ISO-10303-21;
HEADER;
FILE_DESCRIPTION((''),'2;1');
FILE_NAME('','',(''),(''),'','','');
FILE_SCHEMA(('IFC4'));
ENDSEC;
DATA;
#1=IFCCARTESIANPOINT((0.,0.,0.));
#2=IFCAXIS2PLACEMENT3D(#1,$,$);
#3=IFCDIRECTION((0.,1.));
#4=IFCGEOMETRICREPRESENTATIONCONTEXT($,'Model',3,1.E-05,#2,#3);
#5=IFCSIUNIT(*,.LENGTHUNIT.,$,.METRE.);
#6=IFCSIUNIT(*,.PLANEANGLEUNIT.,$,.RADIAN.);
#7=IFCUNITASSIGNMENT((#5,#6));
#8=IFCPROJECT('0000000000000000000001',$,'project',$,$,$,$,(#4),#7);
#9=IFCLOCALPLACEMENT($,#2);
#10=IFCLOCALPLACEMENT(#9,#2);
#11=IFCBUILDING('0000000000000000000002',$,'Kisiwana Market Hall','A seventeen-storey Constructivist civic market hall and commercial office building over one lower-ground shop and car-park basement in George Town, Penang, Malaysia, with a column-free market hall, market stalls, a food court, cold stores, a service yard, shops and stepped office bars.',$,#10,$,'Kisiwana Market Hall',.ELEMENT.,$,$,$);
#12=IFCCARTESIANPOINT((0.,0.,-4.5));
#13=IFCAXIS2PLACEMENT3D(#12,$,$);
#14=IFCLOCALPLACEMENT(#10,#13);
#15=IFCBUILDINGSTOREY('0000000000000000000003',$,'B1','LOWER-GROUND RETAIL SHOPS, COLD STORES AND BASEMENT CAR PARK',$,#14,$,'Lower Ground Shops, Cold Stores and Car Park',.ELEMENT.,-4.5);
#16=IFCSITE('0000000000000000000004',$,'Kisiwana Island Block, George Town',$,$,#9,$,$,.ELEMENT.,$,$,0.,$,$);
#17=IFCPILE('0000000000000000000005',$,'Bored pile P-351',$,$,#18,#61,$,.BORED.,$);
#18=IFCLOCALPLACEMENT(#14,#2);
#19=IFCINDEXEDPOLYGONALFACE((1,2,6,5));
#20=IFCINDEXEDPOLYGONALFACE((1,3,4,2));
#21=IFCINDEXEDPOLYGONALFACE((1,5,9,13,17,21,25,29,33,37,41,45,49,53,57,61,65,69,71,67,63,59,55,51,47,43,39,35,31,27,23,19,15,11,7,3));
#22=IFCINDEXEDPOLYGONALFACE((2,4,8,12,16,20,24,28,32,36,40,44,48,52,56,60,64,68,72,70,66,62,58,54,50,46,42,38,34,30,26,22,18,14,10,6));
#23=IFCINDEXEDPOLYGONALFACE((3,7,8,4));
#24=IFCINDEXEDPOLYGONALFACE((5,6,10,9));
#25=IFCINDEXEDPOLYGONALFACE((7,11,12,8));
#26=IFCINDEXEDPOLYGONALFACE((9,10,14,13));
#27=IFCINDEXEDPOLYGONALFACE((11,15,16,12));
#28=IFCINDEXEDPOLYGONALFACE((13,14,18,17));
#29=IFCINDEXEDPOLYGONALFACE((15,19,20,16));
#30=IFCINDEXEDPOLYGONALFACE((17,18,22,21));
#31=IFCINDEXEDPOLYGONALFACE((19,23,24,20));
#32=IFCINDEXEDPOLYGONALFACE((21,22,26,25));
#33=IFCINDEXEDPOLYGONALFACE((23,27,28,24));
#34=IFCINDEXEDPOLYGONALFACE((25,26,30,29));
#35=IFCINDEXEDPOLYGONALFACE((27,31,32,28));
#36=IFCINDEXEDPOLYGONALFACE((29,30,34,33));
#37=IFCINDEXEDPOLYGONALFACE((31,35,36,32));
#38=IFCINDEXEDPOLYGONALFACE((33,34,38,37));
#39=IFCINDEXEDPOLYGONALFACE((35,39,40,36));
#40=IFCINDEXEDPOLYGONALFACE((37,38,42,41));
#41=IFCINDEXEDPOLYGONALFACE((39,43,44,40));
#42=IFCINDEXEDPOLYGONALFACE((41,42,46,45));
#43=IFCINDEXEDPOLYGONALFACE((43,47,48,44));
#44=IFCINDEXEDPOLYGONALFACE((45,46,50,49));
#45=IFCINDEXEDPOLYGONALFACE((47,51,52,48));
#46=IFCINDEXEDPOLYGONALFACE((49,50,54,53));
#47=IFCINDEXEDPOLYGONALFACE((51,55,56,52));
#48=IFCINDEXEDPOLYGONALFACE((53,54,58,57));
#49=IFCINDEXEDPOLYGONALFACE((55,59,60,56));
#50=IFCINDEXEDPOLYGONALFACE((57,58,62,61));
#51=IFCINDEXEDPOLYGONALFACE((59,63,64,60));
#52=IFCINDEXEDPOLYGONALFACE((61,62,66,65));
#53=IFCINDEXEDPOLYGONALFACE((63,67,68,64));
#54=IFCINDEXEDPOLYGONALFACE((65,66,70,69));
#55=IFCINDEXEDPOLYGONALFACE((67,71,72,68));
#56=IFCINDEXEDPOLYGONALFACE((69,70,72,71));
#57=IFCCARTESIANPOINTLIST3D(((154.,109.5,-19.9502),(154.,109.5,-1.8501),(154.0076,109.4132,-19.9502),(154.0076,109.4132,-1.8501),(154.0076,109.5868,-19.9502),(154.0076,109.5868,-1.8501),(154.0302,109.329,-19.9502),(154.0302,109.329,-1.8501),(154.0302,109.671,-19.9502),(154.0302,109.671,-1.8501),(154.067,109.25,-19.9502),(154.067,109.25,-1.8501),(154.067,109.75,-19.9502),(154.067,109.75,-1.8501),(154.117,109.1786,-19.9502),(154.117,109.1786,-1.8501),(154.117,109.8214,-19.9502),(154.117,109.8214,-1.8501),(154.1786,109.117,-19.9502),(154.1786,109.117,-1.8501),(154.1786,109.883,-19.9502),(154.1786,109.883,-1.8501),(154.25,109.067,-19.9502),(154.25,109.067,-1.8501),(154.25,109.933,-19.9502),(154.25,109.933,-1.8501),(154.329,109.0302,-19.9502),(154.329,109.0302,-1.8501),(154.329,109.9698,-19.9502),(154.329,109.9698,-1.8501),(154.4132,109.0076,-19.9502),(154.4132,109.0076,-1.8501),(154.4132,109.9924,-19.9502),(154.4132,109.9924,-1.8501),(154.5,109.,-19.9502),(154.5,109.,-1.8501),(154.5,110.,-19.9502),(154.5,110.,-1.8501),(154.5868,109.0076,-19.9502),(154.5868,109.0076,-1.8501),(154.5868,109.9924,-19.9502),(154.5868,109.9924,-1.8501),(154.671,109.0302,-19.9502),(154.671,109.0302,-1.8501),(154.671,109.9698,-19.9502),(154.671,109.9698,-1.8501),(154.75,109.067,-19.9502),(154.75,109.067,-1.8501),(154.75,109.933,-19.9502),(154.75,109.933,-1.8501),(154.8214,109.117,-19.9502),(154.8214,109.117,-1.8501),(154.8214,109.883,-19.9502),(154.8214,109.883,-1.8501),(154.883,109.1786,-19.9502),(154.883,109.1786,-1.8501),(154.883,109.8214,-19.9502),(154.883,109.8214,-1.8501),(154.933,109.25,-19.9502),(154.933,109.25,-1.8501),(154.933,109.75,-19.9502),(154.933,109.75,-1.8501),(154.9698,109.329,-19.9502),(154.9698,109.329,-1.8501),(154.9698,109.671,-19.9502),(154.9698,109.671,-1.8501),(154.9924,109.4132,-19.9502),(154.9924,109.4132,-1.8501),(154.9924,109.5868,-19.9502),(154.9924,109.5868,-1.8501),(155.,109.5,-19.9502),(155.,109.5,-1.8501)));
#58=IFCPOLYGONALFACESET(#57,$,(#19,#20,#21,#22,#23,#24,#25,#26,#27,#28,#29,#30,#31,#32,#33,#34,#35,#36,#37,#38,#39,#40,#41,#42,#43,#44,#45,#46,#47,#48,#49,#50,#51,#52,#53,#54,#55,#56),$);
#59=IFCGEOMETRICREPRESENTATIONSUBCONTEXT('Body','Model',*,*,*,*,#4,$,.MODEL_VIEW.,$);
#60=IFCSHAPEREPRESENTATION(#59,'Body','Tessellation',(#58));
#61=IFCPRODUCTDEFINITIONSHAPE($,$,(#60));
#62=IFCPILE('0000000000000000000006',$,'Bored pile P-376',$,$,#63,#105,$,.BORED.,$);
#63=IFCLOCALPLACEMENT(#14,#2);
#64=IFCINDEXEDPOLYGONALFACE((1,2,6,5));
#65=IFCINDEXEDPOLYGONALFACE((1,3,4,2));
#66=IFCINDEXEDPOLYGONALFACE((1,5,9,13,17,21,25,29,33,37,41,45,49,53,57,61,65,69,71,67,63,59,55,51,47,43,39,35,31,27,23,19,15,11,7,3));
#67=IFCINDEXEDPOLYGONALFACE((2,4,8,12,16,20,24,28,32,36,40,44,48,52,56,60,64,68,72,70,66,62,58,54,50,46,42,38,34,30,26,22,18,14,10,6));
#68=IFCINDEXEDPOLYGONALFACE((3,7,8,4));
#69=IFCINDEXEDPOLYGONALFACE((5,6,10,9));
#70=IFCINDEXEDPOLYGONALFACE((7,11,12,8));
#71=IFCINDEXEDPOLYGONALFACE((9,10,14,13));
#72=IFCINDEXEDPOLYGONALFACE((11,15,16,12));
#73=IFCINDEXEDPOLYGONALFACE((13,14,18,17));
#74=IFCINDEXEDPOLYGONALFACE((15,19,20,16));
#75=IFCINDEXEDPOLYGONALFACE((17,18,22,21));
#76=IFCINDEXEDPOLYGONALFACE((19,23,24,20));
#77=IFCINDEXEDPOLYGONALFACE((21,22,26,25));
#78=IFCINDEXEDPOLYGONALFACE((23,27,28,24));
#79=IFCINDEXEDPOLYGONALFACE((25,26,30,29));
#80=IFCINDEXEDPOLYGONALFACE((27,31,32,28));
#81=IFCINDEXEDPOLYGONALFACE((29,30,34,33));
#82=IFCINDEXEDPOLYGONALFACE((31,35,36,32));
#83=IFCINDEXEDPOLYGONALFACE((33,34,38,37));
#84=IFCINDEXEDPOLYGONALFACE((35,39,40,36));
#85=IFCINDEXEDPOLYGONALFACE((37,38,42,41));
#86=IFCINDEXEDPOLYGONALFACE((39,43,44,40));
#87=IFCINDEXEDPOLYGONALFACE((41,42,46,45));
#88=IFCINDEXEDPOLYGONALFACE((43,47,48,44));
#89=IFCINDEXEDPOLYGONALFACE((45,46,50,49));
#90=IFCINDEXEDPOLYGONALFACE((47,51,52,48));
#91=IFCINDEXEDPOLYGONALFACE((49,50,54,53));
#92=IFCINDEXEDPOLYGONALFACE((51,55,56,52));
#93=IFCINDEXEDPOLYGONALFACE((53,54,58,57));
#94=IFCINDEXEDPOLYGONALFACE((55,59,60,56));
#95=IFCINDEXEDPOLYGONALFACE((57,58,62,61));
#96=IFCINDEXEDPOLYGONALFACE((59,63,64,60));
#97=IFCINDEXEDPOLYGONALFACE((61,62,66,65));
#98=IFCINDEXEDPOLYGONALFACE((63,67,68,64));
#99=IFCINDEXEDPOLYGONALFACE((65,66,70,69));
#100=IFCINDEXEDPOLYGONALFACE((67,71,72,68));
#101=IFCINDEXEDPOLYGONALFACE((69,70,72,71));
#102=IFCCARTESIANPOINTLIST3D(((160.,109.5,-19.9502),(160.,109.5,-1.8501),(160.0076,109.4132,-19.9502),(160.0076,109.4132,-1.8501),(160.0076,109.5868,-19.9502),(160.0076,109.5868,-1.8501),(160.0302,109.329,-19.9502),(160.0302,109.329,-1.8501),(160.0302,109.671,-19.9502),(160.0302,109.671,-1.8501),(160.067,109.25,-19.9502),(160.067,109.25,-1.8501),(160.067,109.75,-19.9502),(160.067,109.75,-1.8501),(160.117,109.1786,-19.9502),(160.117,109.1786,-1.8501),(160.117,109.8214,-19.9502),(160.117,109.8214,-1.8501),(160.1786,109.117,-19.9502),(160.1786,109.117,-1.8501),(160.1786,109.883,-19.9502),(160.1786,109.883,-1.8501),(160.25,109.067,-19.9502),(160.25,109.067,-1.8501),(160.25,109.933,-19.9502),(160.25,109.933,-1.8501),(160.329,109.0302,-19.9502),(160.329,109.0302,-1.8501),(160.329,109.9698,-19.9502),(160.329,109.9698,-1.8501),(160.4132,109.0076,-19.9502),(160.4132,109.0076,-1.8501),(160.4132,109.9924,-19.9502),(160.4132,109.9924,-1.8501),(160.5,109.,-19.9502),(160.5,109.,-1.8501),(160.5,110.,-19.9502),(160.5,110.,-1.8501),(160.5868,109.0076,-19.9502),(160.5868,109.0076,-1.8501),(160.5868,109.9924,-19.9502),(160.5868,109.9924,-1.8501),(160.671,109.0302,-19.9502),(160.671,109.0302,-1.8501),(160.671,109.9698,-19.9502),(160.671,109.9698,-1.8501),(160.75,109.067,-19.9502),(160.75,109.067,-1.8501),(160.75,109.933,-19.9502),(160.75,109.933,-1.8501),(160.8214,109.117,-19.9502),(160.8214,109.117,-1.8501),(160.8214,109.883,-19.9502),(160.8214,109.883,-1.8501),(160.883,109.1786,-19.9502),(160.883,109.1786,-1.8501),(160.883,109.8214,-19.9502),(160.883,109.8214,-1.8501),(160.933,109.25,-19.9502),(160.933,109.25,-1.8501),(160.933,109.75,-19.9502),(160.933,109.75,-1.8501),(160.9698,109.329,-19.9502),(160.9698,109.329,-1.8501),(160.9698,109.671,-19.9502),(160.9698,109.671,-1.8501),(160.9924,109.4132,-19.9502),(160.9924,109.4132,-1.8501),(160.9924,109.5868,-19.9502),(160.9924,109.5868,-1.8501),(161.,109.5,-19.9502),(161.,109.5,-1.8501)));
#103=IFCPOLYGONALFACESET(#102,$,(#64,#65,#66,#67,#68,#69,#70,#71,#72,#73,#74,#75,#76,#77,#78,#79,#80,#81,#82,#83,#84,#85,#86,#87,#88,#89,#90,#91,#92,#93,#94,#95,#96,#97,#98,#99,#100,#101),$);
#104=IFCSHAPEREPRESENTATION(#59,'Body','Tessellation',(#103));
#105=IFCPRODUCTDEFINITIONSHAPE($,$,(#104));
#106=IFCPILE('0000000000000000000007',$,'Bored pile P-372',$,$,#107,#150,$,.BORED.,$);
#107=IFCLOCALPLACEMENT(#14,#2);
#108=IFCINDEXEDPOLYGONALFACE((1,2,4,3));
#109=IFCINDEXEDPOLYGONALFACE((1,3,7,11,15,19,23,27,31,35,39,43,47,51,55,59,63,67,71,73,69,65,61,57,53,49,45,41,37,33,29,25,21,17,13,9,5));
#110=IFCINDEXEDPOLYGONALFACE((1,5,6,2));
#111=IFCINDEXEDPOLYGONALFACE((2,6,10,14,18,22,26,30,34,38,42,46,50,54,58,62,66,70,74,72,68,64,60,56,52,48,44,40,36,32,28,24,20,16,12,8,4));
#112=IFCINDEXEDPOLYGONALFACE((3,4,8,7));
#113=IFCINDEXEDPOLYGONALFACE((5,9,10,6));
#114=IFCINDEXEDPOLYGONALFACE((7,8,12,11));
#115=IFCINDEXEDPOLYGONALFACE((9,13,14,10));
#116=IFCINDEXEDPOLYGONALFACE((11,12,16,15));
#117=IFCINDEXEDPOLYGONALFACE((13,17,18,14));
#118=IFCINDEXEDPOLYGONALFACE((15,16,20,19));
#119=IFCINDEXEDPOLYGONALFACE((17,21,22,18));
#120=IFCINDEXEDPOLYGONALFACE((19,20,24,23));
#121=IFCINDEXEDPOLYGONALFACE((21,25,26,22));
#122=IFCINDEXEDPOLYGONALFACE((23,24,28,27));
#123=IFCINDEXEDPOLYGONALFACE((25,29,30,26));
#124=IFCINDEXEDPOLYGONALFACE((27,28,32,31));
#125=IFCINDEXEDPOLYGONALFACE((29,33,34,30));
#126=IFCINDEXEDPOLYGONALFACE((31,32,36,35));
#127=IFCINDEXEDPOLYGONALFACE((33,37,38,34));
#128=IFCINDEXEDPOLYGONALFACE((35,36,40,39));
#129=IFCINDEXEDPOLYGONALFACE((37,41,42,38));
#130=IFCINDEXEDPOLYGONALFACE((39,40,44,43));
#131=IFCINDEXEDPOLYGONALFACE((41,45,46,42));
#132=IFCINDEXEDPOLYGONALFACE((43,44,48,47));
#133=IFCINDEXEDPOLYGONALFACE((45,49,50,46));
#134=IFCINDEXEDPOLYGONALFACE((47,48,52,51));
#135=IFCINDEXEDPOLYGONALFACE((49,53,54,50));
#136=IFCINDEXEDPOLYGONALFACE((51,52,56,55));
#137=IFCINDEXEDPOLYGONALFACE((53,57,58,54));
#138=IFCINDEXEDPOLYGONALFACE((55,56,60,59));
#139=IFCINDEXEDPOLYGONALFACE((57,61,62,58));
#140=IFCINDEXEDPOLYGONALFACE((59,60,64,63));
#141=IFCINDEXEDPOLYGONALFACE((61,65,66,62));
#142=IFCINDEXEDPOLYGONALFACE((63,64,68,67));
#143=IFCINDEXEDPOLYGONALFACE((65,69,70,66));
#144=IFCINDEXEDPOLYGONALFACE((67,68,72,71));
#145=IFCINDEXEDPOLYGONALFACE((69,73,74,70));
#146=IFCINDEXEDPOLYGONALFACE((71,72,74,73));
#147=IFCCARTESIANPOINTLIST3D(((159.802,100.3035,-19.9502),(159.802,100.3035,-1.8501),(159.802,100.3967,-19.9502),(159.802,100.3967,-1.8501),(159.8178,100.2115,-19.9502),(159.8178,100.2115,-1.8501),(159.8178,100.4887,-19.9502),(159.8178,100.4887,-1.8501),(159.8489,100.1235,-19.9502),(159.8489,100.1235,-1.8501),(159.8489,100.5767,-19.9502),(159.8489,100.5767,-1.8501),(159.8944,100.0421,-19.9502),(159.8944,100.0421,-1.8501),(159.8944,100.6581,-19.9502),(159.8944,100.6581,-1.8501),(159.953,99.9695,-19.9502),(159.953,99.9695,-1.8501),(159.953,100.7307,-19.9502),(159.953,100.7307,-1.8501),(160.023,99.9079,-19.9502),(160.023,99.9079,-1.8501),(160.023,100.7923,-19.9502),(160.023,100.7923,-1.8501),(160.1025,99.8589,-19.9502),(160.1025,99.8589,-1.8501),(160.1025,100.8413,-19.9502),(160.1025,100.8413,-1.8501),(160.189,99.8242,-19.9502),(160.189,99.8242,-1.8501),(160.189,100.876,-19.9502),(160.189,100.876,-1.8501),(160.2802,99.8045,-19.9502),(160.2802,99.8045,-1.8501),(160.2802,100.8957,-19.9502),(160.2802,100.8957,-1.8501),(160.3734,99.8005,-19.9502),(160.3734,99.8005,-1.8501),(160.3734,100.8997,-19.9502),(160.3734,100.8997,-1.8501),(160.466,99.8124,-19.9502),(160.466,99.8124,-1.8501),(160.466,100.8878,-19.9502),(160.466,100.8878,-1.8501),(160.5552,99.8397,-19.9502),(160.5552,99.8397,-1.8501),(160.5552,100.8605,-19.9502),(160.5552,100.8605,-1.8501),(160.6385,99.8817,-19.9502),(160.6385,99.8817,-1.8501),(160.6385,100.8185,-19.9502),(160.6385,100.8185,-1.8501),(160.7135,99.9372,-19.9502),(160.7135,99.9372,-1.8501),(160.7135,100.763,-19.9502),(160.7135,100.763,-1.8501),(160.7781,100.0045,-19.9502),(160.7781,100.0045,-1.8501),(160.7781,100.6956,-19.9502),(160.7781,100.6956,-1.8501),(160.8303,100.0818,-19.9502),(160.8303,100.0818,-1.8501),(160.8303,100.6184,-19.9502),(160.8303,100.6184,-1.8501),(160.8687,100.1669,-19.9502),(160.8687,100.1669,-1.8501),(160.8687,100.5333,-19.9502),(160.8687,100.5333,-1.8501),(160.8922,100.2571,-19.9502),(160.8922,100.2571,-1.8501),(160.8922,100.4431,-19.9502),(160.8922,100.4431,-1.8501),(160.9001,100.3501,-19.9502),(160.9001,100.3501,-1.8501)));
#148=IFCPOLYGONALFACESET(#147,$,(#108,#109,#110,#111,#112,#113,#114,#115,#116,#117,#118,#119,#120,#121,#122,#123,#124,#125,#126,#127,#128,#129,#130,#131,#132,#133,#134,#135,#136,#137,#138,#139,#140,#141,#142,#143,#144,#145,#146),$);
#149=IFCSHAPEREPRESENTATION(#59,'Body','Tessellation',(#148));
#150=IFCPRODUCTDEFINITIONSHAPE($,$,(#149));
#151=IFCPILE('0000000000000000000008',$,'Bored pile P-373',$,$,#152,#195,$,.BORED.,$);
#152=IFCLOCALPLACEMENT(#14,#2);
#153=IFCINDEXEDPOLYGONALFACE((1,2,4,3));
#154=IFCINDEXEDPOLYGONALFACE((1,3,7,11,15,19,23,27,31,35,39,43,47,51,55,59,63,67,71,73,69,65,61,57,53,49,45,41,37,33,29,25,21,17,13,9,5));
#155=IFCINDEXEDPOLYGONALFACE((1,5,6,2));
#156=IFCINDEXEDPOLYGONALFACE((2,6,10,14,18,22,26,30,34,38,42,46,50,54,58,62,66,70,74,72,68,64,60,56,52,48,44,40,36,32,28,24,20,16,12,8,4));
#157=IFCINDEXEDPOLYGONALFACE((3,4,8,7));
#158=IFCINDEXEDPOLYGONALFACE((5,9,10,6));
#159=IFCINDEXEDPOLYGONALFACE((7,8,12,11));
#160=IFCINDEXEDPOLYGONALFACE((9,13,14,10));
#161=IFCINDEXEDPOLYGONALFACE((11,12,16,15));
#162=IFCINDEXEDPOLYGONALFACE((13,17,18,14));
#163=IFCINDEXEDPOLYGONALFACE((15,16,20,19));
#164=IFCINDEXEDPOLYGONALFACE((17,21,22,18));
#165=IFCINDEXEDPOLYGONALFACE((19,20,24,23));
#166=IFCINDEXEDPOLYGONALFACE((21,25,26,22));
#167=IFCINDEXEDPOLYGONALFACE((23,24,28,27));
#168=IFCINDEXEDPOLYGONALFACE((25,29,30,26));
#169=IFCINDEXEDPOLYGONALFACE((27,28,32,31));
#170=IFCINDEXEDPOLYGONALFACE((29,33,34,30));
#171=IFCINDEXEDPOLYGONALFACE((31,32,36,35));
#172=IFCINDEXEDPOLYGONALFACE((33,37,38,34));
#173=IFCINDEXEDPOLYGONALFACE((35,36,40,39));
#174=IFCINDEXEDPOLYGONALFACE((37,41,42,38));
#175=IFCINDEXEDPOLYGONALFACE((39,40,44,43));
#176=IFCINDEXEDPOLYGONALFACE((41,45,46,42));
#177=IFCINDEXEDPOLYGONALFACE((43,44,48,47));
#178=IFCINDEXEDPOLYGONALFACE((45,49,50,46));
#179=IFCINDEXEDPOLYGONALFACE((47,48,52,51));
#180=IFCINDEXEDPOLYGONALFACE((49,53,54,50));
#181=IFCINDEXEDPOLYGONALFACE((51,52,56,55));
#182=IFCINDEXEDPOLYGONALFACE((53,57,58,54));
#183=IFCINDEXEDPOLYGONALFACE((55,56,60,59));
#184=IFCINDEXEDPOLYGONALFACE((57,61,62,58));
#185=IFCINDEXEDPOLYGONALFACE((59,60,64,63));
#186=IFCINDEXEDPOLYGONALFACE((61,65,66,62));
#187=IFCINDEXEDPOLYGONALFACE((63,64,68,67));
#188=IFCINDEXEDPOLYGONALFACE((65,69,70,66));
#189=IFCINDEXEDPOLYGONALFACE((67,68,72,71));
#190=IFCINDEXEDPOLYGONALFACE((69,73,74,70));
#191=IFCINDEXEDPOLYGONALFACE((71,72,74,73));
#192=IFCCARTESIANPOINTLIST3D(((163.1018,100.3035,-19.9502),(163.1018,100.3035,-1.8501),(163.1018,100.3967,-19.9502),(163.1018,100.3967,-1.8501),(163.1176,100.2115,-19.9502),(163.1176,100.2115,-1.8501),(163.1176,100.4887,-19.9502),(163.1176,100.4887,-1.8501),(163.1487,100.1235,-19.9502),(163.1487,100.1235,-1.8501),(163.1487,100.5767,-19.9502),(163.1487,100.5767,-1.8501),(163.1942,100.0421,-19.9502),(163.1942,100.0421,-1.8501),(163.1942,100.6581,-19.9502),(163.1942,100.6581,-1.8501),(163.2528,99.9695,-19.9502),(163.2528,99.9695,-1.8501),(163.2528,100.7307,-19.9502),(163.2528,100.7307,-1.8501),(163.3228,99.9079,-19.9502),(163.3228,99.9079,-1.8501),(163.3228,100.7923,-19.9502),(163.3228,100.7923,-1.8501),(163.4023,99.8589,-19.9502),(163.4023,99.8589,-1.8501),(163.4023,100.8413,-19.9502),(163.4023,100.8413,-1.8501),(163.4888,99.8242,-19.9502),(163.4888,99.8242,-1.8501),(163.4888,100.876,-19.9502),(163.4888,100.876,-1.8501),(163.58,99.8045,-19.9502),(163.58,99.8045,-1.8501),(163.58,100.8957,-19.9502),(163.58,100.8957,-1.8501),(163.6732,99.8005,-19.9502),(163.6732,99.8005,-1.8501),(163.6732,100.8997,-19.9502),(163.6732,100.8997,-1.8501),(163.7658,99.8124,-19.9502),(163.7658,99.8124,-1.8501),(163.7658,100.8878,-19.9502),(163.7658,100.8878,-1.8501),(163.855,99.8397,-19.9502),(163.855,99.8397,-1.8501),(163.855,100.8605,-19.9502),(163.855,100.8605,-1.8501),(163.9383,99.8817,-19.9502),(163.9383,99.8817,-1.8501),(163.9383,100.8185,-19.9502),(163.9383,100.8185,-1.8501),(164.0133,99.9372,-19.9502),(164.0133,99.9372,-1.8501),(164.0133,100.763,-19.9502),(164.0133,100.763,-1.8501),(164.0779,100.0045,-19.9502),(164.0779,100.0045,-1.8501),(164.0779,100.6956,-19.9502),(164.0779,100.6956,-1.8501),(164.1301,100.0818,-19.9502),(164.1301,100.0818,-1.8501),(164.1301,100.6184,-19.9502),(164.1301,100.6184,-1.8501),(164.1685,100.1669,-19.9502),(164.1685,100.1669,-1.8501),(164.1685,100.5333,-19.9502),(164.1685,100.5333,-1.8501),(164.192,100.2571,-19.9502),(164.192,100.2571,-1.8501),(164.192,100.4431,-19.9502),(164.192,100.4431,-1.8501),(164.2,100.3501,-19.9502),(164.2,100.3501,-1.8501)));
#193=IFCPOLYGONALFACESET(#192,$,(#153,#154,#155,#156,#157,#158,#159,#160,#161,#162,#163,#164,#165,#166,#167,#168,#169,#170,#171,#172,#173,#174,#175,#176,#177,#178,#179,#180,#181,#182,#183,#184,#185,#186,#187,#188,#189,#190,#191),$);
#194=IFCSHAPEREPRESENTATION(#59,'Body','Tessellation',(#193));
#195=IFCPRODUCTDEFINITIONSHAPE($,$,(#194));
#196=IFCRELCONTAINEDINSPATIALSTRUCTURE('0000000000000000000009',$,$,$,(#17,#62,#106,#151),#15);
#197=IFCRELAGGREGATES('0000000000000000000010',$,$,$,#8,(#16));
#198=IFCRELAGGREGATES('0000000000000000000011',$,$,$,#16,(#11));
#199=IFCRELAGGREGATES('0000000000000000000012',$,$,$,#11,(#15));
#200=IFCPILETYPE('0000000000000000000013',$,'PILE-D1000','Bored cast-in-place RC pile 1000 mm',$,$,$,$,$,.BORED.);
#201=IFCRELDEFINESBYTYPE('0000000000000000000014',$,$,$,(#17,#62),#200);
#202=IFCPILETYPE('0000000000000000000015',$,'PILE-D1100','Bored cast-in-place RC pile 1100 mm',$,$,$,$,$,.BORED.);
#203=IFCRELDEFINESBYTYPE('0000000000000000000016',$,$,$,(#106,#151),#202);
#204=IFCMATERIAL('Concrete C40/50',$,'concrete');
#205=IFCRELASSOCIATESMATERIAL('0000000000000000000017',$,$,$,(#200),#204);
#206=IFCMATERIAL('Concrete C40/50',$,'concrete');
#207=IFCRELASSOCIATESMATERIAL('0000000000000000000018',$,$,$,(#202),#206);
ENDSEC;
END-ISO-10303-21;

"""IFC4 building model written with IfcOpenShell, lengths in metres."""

from ifc_helpers import new_model, si_unit, direction, frame, origin, origin_2d, place, context, subcontext, project, spatial, circle, extrude, material, material_profile, profile_set, type_object, element, save


model = new_model("IFC4")

# Units and contexts
model_context = context("Model", 3, precision=1e-05, world=origin(), true_north=direction((0.0, 1.0)))
body_context = subcontext(model_context, "Body", "Model", "MODEL_VIEW")
ifc_project = project(units=[si_unit("LENGTHUNIT", "METRE"), si_unit("PLANEANGLEUNIT", "RADIAN")], contexts=[model_context])

# Site, building, storey
site_placement = place(None, origin())
site = spatial("IfcSite", under=ifc_project, at=site_placement, Name="Kisiwana Island Block, George Town", CompositionType="ELEMENT", RefElevation=0.0)
building_placement = place(site_placement, origin())
building = spatial("IfcBuilding", under=site, at=building_placement, Name="Kisiwana Market Hall", Description="A seventeen-storey Constructivist civic market hall and commercial office building over one lower-ground shop and car-park basement in George Town, Penang, Malaysia, with a column-free market hall, market stalls, a food court, cold stores, a service yard, shops and stepped office bars.", LongName="Kisiwana Market Hall", CompositionType="ELEMENT")
storey_placement = place(building_placement, frame((0.0, 0.0, -4.5)))
storey = spatial("IfcBuildingStorey", under=building, at=storey_placement, Name="B1", Description="LOWER-GROUND RETAIL SHOPS, COLD STORES AND BASEMENT CAR PARK", LongName="Lower Ground Shops, Cold Stores and Car Park", CompositionType="ELEMENT", Elevation=-4.5)

# Piles
ifc_material_1 = material(Name="Concrete C40/50", Category="concrete")
ifc_material_profile_1 = material_profile(ifc_material_1, circle(Radius=0.5, at=origin_2d()), Name="BP D1000")
ifc_profile_set_1 = profile_set([ifc_material_profile_1], Name="Concrete C40/50")
pile_type_1 = type_object("IfcPileType", Name="PILE-D1000", Description="Bored cast-in-place RC pile 1000 mm", PredefinedType="BORED", material=ifc_profile_set_1)
for number, where, z_axis, x_axis, name in (
    (1, (154.5, 109.5, -1.8501), (0.0, 0.0, -1.0), (1.0, 0.0, 0.0), "Bored pile P-351"),
    (2, (160.5, 109.5, -1.8501), (0.0, 0.0, -1.0), (1.0, 0.0, 0.0), "Bored pile P-376"),
):
    element("IfcPile", number, at=place(storey_placement, frame(where, z_axis=z_axis, x_axis=x_axis)), inside=storey, type_object=pile_type_1, Name=name, PredefinedType="BORED", context=body_context, shape_type="SweptSolid", body=[
        extrude(circle(Radius=0.5, at=origin_2d()), origin(), (0.0, 0.0, 1.0), 18.1001),
    ])
ifc_material_2 = material(Name="Concrete C40/50", Category="concrete")
ifc_material_profile_2 = material_profile(ifc_material_2, circle(Radius=0.55, at=origin_2d()), Name="BP D1100")
ifc_profile_set_2 = profile_set([ifc_material_profile_2], Name="Concrete C40/50")
pile_type_2 = type_object("IfcPileType", Name="PILE-D1100", Description="Bored cast-in-place RC pile 1100 mm", PredefinedType="BORED", material=ifc_profile_set_2)
for number, where, z_axis, x_axis, name in (
    (3, (160.3501, 100.3501, -1.8501), (0.0, 0.0, -1.0), (1.0, 0.0, 0.0), "Bored pile P-372"),
    (4, (163.6499, 100.3501, -1.8501), (0.0, 0.0, -1.0), (1.0, 0.0, 0.0), "Bored pile P-373"),
):
    element("IfcPile", number, at=place(storey_placement, frame(where, z_axis=z_axis, x_axis=x_axis)), inside=storey, type_object=pile_type_2, Name=name, PredefinedType="BORED", context=body_context, shape_type="SweptSolid", body=[
        extrude(circle(Radius=0.55, at=origin_2d()), origin(), (0.0, 0.0, 1.0), 18.1001),
    ])

save(model, "model.ifc")
